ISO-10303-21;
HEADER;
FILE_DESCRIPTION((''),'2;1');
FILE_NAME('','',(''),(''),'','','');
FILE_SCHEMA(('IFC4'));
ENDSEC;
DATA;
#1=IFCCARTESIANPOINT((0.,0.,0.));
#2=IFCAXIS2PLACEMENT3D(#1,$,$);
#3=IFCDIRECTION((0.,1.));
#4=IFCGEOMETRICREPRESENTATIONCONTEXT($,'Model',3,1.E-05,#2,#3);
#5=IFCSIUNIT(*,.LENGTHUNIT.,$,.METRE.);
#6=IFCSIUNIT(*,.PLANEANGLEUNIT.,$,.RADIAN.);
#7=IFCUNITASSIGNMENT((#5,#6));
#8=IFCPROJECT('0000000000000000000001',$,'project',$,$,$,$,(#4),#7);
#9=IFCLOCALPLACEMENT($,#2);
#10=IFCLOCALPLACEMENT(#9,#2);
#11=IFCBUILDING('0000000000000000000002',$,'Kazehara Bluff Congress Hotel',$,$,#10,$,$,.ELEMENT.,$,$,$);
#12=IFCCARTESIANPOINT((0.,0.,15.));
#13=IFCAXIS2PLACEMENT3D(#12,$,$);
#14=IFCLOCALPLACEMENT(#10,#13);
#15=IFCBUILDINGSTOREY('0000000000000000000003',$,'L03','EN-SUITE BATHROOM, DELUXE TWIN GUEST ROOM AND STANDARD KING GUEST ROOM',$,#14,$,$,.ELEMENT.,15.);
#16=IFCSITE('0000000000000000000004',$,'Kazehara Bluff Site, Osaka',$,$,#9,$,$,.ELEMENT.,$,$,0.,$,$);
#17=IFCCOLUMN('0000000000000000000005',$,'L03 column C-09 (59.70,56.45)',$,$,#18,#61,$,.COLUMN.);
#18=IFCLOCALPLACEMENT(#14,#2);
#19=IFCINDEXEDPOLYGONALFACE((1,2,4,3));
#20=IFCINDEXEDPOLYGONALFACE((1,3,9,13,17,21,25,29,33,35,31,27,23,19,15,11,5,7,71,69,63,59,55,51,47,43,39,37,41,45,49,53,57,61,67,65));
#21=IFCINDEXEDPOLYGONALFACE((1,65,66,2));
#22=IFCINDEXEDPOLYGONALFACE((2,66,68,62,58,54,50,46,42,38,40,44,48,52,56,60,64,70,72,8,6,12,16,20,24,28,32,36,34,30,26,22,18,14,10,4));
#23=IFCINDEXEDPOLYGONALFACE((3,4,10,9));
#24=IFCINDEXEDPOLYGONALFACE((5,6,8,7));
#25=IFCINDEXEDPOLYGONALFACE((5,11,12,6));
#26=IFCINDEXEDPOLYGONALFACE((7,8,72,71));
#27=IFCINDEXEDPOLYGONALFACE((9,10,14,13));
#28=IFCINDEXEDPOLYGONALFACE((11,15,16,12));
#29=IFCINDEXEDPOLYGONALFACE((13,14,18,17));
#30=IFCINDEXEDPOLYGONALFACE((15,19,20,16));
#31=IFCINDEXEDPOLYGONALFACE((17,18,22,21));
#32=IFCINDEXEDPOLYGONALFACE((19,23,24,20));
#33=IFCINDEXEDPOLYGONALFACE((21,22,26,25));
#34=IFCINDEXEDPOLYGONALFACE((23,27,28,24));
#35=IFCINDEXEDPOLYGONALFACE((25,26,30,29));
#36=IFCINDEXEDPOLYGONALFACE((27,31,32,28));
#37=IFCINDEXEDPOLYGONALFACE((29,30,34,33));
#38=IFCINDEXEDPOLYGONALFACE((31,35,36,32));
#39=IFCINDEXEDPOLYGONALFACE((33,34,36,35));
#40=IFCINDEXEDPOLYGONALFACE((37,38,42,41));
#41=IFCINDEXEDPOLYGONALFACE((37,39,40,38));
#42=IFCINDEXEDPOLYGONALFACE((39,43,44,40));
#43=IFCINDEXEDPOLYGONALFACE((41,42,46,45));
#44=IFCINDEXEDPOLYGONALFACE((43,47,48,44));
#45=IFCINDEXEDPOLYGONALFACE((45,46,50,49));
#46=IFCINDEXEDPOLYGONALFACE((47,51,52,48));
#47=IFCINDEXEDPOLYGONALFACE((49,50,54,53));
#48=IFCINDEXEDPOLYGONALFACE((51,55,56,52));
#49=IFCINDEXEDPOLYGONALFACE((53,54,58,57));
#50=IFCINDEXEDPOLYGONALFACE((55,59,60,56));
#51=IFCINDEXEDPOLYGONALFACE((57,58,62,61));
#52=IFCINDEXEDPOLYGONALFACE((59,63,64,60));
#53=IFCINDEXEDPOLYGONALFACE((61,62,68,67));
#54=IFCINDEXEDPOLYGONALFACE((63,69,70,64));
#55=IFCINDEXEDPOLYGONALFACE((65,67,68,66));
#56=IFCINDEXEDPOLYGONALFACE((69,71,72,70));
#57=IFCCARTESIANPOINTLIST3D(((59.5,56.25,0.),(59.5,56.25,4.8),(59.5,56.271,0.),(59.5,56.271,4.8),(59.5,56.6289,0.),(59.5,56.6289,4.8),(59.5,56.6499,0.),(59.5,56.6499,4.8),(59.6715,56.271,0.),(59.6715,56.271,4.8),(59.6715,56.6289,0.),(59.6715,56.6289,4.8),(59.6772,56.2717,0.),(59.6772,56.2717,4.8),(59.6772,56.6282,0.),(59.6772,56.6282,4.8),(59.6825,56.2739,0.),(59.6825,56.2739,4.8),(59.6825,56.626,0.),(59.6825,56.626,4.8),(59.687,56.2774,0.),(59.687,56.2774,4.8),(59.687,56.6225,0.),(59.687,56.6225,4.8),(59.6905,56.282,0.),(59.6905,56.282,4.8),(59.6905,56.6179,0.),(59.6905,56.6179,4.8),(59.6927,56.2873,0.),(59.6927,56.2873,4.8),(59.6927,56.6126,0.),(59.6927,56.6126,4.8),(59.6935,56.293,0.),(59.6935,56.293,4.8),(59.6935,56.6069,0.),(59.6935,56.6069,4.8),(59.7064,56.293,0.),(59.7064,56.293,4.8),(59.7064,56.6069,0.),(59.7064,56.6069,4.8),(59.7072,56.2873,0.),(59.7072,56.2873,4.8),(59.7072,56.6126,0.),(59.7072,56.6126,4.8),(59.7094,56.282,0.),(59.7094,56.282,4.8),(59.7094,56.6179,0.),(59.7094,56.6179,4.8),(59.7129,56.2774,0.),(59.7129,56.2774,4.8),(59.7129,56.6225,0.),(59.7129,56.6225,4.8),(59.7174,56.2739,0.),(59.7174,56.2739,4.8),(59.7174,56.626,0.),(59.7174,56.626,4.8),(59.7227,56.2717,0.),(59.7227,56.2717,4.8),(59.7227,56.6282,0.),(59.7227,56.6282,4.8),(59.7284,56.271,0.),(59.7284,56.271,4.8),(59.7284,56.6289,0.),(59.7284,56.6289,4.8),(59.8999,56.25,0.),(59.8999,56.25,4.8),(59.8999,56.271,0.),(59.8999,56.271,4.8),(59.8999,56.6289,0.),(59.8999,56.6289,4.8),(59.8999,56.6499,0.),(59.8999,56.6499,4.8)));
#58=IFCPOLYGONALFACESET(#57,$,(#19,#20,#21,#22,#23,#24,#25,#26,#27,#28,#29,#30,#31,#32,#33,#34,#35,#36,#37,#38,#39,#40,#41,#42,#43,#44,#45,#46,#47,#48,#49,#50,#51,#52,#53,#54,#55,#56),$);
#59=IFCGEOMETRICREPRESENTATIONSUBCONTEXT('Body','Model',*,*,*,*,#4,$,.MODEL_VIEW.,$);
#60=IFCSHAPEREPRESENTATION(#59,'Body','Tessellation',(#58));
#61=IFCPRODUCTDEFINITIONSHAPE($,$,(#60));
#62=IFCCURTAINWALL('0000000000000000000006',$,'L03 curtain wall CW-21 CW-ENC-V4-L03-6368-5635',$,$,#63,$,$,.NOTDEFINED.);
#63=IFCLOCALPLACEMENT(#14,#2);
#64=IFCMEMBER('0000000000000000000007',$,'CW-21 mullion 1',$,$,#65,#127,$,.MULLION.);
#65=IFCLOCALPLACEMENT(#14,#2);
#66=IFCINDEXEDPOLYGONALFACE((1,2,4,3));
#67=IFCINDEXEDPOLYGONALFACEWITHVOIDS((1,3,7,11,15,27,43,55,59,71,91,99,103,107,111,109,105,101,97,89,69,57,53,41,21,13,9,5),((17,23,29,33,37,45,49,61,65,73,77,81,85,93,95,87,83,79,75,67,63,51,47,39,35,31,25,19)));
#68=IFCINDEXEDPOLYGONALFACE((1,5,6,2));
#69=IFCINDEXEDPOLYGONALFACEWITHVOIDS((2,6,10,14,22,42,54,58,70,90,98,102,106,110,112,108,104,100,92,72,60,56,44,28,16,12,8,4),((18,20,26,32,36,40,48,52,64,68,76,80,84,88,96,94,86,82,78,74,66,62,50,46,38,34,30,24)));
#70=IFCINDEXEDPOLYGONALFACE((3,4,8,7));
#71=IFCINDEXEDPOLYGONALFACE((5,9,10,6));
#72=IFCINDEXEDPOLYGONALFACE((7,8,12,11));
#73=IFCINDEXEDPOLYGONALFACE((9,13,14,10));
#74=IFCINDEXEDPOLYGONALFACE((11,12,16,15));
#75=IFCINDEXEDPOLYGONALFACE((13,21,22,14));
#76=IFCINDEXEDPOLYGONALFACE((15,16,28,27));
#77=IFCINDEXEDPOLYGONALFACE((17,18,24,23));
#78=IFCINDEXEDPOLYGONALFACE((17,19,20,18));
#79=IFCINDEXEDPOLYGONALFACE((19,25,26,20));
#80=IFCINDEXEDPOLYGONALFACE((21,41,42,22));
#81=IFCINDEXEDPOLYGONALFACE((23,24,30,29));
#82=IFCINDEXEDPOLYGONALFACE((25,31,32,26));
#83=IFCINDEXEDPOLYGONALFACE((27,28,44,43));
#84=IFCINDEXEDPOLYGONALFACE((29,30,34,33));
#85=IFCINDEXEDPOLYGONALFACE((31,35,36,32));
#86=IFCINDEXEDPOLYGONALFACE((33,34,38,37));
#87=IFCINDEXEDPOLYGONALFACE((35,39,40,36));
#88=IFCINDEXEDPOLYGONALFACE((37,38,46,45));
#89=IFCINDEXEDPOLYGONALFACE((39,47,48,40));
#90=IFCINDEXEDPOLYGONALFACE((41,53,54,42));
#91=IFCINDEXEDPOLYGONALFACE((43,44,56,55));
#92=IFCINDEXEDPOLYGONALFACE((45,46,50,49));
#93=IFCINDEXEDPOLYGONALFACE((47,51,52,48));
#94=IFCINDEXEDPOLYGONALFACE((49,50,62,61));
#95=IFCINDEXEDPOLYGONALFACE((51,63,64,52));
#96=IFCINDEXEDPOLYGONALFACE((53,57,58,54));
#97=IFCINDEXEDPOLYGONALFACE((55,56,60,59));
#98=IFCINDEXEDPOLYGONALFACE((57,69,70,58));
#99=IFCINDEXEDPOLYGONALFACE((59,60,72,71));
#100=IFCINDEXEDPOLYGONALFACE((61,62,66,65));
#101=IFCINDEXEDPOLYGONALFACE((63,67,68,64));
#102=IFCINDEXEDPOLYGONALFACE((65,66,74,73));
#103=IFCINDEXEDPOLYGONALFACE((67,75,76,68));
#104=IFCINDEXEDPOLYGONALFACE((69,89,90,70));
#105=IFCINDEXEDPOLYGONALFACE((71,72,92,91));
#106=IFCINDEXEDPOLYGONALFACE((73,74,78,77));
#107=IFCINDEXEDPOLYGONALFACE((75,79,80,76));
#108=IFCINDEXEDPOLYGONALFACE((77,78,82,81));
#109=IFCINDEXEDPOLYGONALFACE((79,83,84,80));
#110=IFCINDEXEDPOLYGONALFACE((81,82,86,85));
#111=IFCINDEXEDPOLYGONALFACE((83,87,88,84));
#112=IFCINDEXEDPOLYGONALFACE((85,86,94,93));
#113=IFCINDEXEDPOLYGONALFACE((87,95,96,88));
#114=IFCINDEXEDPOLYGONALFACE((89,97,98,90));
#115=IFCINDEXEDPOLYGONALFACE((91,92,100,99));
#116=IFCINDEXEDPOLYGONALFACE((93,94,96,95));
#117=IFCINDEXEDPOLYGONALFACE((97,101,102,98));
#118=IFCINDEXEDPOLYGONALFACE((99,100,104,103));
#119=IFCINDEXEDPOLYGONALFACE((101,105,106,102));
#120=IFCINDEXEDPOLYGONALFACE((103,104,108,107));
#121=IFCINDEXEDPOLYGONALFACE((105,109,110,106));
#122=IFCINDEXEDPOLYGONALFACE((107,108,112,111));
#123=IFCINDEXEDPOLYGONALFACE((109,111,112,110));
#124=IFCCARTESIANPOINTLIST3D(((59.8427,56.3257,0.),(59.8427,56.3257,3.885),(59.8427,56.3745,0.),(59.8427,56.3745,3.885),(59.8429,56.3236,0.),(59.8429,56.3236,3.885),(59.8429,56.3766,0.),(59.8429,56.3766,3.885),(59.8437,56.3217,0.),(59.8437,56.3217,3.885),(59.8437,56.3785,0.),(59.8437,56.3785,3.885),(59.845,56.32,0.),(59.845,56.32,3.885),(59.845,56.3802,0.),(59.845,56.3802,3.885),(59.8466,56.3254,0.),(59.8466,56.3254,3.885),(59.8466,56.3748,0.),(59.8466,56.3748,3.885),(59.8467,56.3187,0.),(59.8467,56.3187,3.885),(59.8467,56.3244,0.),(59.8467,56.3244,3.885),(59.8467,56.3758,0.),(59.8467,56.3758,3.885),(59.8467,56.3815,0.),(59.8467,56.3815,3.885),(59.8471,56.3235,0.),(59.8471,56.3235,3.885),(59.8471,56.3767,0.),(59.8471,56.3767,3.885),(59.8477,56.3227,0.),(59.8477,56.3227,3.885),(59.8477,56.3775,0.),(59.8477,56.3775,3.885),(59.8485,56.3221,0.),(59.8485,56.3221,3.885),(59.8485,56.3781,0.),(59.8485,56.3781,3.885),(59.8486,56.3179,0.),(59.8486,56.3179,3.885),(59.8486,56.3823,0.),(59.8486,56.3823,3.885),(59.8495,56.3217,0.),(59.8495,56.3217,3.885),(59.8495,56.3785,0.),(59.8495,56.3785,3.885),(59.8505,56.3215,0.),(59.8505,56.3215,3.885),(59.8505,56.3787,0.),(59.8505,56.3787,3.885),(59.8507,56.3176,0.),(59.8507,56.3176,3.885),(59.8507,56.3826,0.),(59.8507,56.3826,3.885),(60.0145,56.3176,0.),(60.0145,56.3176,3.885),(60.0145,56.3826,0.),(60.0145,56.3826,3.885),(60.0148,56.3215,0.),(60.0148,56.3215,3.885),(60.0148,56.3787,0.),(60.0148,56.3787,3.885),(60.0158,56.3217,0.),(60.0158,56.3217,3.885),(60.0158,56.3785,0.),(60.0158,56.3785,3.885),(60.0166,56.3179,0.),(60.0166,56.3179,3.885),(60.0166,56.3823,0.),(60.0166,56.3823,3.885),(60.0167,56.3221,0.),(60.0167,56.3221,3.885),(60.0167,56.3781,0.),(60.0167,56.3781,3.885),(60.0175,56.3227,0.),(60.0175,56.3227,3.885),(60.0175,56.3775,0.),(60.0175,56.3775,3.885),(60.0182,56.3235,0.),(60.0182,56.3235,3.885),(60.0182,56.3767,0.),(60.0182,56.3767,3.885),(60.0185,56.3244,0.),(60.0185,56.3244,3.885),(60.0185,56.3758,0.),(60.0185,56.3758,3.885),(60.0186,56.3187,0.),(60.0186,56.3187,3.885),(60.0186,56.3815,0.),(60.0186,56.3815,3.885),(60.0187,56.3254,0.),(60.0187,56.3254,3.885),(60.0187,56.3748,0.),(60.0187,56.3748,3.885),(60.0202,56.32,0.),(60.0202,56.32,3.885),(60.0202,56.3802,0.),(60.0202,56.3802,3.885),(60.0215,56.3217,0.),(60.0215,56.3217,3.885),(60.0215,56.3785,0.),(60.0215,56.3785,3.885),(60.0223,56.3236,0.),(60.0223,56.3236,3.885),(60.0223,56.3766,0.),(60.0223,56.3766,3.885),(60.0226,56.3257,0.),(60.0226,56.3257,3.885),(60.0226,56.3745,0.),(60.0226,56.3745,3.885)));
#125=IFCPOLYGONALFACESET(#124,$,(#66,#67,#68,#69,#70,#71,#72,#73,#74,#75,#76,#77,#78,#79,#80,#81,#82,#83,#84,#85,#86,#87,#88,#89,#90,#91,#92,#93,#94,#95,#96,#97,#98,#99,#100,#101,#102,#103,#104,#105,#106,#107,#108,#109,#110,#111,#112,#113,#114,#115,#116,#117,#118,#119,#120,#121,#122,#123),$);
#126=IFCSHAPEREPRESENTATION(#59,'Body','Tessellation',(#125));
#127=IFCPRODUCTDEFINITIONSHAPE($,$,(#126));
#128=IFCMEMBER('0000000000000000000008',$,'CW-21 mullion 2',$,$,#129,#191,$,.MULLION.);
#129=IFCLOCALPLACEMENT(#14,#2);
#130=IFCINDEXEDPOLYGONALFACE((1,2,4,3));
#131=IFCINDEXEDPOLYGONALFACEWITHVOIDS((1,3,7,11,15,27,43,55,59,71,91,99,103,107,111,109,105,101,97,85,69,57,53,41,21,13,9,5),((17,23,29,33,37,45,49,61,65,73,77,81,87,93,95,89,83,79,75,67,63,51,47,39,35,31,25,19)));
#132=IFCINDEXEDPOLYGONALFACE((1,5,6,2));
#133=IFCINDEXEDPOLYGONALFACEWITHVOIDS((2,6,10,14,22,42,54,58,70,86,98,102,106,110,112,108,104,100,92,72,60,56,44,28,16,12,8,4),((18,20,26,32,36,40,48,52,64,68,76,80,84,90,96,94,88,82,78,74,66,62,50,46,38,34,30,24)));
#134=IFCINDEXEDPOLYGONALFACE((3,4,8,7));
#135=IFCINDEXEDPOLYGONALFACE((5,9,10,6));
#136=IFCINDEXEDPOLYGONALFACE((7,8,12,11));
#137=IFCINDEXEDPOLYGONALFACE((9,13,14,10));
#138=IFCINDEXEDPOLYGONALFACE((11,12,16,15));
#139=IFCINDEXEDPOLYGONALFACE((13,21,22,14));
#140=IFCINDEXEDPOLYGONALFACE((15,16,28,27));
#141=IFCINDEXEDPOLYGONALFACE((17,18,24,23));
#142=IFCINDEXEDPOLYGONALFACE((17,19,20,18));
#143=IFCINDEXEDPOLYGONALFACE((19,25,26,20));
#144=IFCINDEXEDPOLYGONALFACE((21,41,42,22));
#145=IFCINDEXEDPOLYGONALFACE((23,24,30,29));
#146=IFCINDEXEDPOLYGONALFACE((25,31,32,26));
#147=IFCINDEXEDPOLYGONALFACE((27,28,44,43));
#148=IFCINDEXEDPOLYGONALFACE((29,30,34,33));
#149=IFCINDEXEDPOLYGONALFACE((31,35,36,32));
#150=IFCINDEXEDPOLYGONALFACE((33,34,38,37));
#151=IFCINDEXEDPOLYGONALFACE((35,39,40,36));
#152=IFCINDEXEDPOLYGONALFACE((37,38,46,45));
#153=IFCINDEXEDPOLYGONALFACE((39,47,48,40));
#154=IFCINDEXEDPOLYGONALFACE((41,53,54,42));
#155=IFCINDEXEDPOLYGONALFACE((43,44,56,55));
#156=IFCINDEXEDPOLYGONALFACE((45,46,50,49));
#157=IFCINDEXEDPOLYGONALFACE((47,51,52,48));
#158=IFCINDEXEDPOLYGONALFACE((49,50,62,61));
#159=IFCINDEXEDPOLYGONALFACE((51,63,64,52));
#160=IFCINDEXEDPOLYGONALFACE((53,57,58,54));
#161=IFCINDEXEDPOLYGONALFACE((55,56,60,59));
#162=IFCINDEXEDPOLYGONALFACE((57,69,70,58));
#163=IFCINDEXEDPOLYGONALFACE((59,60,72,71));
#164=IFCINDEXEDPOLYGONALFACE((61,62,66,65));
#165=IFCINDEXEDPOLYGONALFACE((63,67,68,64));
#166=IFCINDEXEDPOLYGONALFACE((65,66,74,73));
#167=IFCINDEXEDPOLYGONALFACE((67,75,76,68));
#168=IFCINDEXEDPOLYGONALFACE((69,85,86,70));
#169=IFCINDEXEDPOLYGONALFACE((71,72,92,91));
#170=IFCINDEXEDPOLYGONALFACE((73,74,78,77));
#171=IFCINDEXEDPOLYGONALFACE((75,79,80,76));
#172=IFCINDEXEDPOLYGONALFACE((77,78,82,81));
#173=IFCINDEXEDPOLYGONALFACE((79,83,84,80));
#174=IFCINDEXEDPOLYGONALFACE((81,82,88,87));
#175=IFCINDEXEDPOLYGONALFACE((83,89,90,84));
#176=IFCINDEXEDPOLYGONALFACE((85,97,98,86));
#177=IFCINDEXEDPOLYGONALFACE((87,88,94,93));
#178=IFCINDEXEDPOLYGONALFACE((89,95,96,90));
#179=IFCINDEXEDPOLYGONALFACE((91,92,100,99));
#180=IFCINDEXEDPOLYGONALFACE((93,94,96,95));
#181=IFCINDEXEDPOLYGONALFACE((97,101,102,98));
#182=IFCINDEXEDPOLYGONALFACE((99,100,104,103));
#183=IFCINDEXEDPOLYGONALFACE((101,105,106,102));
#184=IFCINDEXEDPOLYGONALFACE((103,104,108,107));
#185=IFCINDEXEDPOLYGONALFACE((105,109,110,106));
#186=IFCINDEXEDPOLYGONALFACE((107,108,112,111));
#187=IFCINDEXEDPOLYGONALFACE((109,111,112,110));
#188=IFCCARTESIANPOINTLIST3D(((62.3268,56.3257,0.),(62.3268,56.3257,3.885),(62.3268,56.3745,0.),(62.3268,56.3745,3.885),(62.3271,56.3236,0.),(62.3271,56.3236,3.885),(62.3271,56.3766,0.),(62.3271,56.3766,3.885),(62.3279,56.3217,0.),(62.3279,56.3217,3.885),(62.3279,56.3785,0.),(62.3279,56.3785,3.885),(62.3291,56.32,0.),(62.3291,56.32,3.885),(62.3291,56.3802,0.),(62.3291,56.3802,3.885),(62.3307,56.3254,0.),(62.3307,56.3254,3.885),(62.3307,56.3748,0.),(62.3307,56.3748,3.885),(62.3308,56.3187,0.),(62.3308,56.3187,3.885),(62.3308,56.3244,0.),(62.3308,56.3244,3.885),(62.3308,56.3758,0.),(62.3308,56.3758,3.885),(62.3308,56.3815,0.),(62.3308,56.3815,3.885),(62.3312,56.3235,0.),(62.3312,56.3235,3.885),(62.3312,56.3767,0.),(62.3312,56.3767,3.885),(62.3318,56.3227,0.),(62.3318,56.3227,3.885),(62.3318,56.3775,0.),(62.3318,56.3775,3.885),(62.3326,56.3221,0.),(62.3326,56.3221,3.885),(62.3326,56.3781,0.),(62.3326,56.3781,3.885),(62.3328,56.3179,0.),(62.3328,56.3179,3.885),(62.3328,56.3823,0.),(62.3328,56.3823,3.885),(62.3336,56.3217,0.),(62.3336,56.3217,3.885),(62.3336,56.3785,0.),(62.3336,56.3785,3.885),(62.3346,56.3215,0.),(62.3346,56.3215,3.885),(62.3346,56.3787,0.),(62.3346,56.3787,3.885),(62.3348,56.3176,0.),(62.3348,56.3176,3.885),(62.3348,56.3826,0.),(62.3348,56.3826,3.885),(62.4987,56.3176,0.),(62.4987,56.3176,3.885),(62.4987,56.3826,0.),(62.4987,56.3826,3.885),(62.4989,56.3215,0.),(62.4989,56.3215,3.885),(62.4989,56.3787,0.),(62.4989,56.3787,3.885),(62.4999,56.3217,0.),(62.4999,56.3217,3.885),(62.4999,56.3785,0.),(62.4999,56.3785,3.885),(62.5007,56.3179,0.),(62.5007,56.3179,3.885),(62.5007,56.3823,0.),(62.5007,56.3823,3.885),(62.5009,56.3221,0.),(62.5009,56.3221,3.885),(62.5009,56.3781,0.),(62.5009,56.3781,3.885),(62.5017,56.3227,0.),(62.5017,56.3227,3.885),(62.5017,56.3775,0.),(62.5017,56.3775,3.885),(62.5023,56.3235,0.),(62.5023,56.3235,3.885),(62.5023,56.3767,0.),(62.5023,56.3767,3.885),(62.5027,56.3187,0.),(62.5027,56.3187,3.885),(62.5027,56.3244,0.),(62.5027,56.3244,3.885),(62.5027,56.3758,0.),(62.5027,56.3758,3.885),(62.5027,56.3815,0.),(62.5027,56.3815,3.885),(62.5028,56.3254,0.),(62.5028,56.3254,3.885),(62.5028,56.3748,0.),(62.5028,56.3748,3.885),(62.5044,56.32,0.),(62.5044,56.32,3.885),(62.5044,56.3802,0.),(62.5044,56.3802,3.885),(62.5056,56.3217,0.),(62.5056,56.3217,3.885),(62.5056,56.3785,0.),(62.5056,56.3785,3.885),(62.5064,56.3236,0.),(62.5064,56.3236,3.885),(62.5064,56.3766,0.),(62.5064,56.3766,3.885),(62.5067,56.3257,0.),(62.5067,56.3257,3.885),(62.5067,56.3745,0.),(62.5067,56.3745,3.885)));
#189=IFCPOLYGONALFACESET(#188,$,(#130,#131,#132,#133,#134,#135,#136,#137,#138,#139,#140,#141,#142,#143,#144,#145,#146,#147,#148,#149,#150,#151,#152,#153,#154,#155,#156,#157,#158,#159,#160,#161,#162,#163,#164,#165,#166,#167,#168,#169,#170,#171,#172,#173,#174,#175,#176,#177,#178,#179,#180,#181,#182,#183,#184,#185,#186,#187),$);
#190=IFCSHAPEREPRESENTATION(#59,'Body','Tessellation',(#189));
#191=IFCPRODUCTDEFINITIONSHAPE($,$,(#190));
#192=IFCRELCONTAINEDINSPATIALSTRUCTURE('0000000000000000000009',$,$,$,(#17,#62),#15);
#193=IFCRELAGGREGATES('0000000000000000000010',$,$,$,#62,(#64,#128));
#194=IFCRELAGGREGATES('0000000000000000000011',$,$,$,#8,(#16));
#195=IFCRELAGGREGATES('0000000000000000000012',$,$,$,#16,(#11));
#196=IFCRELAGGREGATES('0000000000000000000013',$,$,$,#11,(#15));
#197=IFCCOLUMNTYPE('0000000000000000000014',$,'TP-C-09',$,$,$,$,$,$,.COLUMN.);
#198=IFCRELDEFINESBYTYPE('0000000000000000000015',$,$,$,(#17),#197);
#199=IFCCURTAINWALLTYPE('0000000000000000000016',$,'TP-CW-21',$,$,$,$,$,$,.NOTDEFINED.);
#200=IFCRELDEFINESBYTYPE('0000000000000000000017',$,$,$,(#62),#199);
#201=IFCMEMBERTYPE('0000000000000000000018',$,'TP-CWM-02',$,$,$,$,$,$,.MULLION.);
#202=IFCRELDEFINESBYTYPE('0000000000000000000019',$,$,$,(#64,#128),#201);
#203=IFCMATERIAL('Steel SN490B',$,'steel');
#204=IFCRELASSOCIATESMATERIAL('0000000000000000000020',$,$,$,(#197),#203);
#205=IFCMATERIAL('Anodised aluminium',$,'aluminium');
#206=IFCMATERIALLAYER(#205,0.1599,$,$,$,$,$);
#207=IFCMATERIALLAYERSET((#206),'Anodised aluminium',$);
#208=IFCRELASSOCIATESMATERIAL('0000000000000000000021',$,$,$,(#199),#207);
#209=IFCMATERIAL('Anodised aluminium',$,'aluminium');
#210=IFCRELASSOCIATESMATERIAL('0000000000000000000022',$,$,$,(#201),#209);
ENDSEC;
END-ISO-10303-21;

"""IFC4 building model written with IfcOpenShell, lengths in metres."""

from ifc_helpers import new_model, si_unit, direction, frame, origin, origin_2d, place, context, subcontext, project, spatial, hollow_rectangle, i_section, extrude, material, layer, layer_set, material_profile, profile_set, type_object, element, aggregate, save


model = new_model("IFC4")

# Units and contexts
model_context = context("Model", 3, precision=1e-05, world=origin(), true_north=direction((0.0, 1.0)))
body_context = subcontext(model_context, "Body", "Model", "MODEL_VIEW")
ifc_project = project(units=[si_unit("LENGTHUNIT", "METRE"), si_unit("PLANEANGLEUNIT", "RADIAN")], contexts=[model_context])

# Site, building, storey
site_placement = place(None, origin())
site = spatial("IfcSite", under=ifc_project, at=site_placement, Name="Kazehara Bluff Site, Osaka", CompositionType="ELEMENT", RefElevation=0.0)
building_placement = place(site_placement, origin())
building = spatial("IfcBuilding", under=site, at=building_placement, Name="Kazehara Bluff Congress Hotel", CompositionType="ELEMENT")
storey_placement = place(building_placement, frame((0.0, 0.0, 15.0)))
storey = spatial("IfcBuildingStorey", under=building, at=storey_placement, Name="L03", Description="EN-SUITE BATHROOM, DELUXE TWIN GUEST ROOM AND STANDARD KING GUEST ROOM", CompositionType="ELEMENT", Elevation=15.0)

# Column
ifc_material_1 = material(Name="Steel SN490B", Category="steel")
ifc_material_profile_1 = material_profile(ifc_material_1, i_section(OverallWidth=0.3999, OverallDepth=0.3999, WebThickness=0.0129, FlangeThickness=0.021, FilletRadius=0.022, at=origin_2d()))
ifc_profile_set_1 = profile_set([ifc_material_profile_1], Name="Steel SN490B")
column_type = type_object("IfcColumnType", Name="TP-C-09", PredefinedType="COLUMN", material=ifc_profile_set_1)
column_placement = place(storey_placement, frame((59.7, 56.45, 0.0), z_axis=(0.0, 0.0, 1.0), x_axis=(1.0, 0.0, 0.0)))
element("IfcColumn", 1, at=column_placement, inside=storey, type_object=column_type, Name="L03 column C-09 (59.70,56.45)", PredefinedType="COLUMN", context=body_context, shape_type="SweptSolid", body=[
    extrude(i_section(OverallWidth=0.3999, OverallDepth=0.3999, WebThickness=0.0129, FlangeThickness=0.021, FilletRadius=0.022, at=origin_2d()), origin(), (0.0, 0.0, 1.0), 4.8),
])

# Curtain wall, members
ifc_material_2 = material(Name="Anodised aluminium", Category="aluminium")
ifc_layer_1 = layer(ifc_material_2, 0.1599)
ifc_layer_set_1 = layer_set([ifc_layer_1], Name="Anodised aluminium")
curtain_wall_type = type_object("IfcCurtainWallType", Name="TP-CW-21", PredefinedType="NOTDEFINED", material=ifc_layer_set_1)
curtain_wall_placement = place(storey_placement, origin())
curtain_wall = element("IfcCurtainWall", 2, at=curtain_wall_placement, inside=storey, type_object=curtain_wall_type, Name="L03 curtain wall CW-21 CW-ENC-V4-L03-6368-5635", PredefinedType="NOTDEFINED")
ifc_material_3 = material(Name="Anodised aluminium", Category="aluminium")
ifc_material_profile_2 = material_profile(ifc_material_3, hollow_rectangle(XDim=0.0649, YDim=0.1799, WallThickness=0.0039, InnerFilletRadius=0.0039, OuterFilletRadius=0.0081, at=origin_2d()))
ifc_profile_set_2 = profile_set([ifc_material_profile_2], Name="Anodised aluminium")
member_type_1 = type_object("IfcMemberType", Name="TP-CWM-02", PredefinedType="MULLION", material=ifc_profile_set_2)
member_1_placement = place(storey_placement, frame((59.9326, 56.3501, 0.0), z_axis=(0.0, 0.0, 1.0), x_axis=(0.0, 1.0, 0.0)))
member_1 = element("IfcMember", 3, at=member_1_placement, type_object=member_type_1, Name="CW-21 mullion 1", PredefinedType="MULLION", context=body_context, shape_type="SweptSolid", body=[
    extrude(hollow_rectangle(XDim=0.0649, YDim=0.1799, WallThickness=0.0039, InnerFilletRadius=0.0039, OuterFilletRadius=0.0081, at=origin_2d()), origin(), (0.0, 0.0, 1.0), 3.885),
])
member_2_placement = place(storey_placement, frame((62.4167, 56.3501, 0.0), z_axis=(0.0, 0.0, 1.0), x_axis=(0.0, 1.0, 0.0)))
member_2 = element("IfcMember", 4, at=member_2_placement, type_object=member_type_1, Name="CW-21 mullion 2", PredefinedType="MULLION", context=body_context, shape_type="SweptSolid", body=[
    extrude(hollow_rectangle(XDim=0.0649, YDim=0.1799, WallThickness=0.0039, InnerFilletRadius=0.0039, OuterFilletRadius=0.0081, at=origin_2d()), origin(), (0.0, 0.0, 1.0), 3.885),
])

aggregate(curtain_wall, [member_1, member_2])

save(model, "model.ifc")
